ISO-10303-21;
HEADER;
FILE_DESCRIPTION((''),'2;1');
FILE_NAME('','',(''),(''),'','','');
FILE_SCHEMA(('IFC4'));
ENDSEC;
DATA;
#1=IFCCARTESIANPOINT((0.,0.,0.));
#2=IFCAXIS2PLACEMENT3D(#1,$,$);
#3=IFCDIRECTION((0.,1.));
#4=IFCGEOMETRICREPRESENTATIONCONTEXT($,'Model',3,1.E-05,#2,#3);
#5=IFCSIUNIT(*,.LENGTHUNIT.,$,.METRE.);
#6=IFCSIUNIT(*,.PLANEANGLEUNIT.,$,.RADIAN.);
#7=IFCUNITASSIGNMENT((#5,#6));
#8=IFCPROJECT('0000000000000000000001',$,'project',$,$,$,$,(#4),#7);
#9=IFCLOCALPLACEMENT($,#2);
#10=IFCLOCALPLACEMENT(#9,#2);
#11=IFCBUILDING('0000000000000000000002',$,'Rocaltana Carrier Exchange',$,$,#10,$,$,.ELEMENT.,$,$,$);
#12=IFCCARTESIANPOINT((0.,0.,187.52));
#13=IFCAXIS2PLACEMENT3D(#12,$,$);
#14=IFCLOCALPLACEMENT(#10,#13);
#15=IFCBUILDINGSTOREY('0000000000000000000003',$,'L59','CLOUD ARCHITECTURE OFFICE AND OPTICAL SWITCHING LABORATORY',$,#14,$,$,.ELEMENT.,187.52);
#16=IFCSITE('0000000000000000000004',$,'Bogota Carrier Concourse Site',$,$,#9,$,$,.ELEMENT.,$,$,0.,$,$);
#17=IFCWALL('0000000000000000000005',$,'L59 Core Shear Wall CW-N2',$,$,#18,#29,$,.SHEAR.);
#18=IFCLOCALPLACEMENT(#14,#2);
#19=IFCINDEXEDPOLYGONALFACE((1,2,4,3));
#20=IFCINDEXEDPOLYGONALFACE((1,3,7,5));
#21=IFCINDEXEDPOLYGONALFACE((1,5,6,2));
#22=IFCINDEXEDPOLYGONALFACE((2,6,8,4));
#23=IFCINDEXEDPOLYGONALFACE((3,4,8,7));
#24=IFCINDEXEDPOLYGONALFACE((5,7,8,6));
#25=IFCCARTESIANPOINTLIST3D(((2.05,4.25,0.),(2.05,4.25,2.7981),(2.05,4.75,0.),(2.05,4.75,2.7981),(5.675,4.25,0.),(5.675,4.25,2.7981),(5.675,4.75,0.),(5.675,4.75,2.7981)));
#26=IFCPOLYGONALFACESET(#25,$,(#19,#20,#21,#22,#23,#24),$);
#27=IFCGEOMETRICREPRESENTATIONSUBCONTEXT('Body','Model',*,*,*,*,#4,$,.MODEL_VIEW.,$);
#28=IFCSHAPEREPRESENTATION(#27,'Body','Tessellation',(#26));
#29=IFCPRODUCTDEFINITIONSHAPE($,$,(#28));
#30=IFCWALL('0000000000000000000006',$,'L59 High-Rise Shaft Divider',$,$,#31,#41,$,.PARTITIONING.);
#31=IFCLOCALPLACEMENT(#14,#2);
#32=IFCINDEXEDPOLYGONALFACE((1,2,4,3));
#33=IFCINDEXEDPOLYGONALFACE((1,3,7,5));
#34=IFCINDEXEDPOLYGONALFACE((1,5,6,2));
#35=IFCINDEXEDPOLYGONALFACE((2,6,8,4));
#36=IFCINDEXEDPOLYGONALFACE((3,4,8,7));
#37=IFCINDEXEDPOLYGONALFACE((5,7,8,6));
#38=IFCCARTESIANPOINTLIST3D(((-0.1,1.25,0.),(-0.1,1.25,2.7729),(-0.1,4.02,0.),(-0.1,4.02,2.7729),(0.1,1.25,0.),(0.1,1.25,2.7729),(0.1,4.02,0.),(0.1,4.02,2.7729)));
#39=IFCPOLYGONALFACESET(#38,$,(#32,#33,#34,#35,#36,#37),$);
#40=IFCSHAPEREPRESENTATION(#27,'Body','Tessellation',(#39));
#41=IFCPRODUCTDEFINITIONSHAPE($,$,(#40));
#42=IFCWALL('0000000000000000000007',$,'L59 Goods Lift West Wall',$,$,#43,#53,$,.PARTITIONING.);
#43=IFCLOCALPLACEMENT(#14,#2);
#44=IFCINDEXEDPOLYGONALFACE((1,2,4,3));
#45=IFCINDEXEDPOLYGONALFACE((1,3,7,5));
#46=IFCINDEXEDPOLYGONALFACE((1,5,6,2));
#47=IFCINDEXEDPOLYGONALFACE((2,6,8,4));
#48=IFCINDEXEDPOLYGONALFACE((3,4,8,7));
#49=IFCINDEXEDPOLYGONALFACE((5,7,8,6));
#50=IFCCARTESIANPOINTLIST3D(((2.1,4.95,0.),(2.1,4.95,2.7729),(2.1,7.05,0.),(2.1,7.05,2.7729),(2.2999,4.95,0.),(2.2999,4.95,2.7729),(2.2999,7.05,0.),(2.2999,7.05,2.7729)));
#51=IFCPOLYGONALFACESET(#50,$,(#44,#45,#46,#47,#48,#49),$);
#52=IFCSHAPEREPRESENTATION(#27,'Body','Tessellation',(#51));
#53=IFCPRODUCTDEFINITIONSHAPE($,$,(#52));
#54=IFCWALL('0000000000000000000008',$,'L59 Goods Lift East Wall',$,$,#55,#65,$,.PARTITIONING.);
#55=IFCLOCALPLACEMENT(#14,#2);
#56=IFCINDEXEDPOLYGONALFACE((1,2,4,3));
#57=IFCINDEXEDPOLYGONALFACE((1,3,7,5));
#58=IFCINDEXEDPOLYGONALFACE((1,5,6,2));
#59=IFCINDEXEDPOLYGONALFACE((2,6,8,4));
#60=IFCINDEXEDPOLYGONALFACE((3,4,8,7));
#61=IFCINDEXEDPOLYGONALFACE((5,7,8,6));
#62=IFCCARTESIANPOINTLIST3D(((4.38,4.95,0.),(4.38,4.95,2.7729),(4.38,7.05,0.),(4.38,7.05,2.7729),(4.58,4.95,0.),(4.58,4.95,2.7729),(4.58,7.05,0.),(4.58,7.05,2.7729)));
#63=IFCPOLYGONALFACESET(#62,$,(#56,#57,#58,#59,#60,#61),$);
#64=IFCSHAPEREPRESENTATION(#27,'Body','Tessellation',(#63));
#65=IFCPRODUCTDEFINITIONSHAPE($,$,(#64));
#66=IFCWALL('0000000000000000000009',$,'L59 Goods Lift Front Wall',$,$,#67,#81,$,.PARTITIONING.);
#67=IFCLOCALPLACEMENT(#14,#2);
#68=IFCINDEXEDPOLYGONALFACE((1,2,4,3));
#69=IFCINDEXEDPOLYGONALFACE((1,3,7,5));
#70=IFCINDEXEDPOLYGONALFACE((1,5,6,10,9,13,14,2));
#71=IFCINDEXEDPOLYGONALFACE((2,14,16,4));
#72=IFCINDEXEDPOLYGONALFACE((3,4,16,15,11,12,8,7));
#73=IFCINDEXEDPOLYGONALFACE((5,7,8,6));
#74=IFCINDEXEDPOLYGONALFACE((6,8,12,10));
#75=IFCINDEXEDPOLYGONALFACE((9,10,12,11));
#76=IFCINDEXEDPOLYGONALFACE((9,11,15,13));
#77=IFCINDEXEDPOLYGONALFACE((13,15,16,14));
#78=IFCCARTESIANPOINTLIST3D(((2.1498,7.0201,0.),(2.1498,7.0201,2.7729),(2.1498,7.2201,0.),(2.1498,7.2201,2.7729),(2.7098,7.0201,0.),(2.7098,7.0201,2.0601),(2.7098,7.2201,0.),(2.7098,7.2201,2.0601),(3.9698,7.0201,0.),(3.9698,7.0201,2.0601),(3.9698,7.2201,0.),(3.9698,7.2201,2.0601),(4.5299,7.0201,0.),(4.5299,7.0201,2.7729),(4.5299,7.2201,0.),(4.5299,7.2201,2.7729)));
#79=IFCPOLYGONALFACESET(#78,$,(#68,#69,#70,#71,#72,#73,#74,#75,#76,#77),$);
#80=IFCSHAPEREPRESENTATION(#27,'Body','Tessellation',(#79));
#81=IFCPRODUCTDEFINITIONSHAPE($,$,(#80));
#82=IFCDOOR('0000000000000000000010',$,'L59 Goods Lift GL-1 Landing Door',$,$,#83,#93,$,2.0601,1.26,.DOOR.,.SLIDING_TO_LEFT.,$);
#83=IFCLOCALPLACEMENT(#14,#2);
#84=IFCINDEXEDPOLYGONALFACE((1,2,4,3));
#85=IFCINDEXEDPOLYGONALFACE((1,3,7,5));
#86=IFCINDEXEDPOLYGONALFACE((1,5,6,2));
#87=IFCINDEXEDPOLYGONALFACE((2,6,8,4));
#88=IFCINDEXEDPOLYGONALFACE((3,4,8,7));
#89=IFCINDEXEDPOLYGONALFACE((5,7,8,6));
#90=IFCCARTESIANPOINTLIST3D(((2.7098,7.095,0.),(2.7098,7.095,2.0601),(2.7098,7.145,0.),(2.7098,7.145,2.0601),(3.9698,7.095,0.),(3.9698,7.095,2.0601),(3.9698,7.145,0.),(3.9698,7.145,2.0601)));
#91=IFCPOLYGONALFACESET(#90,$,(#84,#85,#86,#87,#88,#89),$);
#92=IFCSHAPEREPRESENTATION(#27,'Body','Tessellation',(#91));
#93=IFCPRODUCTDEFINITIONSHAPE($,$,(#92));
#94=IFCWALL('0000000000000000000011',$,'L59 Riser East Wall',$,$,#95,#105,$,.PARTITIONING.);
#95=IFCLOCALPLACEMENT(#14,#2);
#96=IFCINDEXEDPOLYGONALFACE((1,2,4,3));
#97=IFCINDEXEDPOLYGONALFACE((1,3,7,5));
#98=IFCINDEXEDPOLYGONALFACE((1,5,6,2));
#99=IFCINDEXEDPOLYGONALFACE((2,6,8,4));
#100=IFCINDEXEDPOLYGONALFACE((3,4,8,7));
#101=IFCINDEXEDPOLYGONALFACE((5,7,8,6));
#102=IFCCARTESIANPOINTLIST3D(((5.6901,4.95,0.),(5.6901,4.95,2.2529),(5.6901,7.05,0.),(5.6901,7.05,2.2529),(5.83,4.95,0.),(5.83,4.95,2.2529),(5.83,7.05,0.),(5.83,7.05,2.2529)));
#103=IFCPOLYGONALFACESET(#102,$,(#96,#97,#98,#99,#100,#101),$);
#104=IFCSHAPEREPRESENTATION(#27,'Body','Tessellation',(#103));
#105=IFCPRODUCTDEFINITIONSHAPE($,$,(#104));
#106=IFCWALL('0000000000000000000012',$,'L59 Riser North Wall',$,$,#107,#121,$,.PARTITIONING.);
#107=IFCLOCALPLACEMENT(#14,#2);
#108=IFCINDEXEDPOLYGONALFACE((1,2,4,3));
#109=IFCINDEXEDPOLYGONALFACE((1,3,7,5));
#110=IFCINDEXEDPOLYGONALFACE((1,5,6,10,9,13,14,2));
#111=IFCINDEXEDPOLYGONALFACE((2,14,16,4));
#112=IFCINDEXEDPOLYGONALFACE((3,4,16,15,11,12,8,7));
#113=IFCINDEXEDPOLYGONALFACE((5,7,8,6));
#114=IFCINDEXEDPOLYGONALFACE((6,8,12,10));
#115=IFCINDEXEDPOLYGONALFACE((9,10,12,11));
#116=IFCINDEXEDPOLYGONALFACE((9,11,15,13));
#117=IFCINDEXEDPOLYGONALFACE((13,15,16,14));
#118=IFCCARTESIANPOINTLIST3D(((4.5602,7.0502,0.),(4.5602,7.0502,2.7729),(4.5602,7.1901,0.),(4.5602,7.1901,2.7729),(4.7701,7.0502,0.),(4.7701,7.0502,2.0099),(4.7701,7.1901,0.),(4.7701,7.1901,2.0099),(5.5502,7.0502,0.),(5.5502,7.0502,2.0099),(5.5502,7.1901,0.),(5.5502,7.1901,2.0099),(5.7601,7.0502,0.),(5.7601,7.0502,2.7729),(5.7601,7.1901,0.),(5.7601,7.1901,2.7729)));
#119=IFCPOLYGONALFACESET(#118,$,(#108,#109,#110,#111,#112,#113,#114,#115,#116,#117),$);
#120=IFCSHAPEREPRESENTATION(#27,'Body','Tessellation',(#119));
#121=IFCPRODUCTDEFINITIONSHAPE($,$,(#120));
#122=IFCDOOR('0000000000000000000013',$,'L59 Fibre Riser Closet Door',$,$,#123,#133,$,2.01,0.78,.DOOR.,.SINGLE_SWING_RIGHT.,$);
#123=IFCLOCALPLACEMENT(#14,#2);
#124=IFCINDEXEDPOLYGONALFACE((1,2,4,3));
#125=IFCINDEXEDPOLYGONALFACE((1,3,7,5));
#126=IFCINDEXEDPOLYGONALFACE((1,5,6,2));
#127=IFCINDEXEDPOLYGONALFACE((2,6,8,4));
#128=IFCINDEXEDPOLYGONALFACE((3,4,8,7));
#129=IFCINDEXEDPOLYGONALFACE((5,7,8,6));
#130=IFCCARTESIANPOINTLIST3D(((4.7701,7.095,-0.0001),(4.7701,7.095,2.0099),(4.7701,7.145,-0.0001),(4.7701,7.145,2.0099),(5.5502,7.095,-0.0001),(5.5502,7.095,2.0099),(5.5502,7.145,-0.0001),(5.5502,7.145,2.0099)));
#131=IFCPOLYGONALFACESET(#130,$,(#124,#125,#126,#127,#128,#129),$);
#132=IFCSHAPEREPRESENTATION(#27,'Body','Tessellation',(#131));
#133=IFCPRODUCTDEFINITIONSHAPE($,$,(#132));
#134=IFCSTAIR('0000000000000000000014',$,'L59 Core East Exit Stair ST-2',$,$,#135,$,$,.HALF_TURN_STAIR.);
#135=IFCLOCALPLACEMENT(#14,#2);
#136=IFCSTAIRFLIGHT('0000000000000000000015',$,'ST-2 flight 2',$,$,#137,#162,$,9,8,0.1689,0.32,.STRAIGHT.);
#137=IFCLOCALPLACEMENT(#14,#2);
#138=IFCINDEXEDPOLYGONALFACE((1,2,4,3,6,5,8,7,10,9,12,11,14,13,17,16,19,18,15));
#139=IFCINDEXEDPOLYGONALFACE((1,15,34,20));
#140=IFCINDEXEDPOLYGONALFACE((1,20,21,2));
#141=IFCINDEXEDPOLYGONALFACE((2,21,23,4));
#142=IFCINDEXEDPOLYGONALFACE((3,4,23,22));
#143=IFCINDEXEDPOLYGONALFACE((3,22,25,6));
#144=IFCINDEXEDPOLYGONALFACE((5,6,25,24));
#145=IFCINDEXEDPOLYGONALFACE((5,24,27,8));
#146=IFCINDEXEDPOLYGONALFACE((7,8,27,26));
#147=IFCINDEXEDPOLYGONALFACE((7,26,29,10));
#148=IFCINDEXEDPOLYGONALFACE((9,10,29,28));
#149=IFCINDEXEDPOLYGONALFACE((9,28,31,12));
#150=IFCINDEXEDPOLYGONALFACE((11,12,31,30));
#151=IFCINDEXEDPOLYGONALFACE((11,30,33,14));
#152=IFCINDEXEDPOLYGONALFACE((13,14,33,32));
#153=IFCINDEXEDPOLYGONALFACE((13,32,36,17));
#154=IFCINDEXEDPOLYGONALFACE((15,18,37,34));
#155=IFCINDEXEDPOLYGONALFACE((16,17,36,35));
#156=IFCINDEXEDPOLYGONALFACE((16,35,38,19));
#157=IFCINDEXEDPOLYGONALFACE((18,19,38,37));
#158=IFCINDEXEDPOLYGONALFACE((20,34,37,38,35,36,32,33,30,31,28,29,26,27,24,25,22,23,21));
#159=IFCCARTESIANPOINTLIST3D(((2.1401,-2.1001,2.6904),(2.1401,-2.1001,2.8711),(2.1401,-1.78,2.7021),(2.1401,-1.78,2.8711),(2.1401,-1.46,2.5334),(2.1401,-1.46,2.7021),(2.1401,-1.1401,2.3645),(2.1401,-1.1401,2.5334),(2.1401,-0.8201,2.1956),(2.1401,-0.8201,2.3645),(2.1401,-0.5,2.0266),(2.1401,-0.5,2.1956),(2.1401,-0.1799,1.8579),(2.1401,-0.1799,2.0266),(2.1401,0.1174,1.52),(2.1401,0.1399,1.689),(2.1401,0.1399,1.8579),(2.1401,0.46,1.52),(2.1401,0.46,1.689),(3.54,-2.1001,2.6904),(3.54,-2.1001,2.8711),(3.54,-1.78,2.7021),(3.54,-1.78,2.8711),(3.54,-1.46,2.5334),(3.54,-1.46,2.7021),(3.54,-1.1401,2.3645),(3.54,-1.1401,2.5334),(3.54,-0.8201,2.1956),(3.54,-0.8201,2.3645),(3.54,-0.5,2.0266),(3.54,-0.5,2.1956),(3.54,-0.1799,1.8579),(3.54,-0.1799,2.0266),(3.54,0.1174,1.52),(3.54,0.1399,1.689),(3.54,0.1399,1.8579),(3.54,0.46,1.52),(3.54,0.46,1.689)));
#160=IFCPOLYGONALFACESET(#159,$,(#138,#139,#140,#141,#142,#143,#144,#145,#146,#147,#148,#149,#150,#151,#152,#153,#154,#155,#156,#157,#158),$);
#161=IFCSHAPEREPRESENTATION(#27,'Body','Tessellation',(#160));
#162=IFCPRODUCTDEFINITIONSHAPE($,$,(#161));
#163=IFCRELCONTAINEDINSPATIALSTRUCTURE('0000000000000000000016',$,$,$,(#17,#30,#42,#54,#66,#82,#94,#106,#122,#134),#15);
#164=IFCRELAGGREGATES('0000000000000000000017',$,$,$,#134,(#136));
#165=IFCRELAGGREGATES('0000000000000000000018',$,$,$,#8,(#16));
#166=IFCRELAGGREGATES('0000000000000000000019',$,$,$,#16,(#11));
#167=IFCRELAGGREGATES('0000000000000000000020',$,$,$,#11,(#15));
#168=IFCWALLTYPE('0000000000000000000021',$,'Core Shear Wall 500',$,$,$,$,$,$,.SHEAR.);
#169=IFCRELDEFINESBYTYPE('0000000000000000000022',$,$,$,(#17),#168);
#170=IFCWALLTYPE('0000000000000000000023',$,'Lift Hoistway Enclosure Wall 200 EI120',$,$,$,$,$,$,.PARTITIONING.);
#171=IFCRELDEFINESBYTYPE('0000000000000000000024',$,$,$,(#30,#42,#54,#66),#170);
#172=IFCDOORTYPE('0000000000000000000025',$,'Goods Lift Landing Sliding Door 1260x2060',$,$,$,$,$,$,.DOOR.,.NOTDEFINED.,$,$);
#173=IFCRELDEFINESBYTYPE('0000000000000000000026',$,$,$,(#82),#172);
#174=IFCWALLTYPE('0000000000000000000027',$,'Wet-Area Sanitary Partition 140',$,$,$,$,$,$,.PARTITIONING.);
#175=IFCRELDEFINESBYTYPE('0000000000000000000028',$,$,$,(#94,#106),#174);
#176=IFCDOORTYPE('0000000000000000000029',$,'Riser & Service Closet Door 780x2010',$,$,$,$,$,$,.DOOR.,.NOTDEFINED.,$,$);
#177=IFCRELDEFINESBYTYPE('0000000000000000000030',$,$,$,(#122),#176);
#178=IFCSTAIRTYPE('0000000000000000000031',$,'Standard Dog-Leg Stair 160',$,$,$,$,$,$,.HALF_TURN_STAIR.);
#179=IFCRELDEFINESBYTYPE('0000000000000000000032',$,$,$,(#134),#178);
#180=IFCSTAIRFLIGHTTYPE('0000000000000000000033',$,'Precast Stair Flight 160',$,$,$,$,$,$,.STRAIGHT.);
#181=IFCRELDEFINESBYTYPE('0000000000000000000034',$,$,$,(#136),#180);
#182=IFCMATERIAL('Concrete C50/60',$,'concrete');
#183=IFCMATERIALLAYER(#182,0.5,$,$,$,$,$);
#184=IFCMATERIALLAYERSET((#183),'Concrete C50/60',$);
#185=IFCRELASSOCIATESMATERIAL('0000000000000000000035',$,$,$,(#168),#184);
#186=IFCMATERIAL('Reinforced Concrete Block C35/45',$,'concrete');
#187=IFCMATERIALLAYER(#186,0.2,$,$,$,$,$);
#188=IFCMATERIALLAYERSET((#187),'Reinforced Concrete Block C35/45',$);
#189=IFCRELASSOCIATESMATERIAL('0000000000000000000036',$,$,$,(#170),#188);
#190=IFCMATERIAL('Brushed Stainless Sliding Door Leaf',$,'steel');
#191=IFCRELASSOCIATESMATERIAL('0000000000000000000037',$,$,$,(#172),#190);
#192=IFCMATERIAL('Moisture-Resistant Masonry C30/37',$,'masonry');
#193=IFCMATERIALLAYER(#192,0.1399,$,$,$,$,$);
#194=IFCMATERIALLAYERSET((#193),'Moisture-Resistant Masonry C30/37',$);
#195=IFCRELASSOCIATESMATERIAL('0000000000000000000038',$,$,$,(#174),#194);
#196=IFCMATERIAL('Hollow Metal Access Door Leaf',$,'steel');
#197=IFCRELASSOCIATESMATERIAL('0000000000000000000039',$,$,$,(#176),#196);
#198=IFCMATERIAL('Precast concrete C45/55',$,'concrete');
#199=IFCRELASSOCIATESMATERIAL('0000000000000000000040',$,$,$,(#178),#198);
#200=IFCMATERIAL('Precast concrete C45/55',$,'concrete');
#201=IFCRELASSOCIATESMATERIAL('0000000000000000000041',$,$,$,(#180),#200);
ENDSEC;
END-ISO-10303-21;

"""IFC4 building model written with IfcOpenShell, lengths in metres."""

from ifc_helpers import new_model, si_unit, direction, frame, frame_2d, origin, place, context, subcontext, project, spatial, polyline, rectangle, outline, extrude, material, layer, layer_set, type_object, element, fill, aggregate, save


model = new_model("IFC4")

# Units and contexts
model_context = context("Model", 3, precision=1e-05, world=origin(), true_north=direction((0.0, 1.0)))
body_context = subcontext(model_context, "Body", "Model", "MODEL_VIEW")
ifc_project = project(units=[si_unit("LENGTHUNIT", "METRE"), si_unit("PLANEANGLEUNIT", "RADIAN")], contexts=[model_context])

# Site, building, storey
site_placement = place(None, origin())
site = spatial("IfcSite", under=ifc_project, at=site_placement, Name="Bogota Carrier Concourse Site", CompositionType="ELEMENT", RefElevation=0.0)
building_placement = place(site_placement, origin())
building = spatial("IfcBuilding", under=site, at=building_placement, Name="Rocaltana Carrier Exchange", CompositionType="ELEMENT")
storey_placement = place(building_placement, frame((0.0, 0.0, 187.52)))
storey = spatial("IfcBuildingStorey", under=building, at=storey_placement, Name="L59", Description="CLOUD ARCHITECTURE OFFICE AND OPTICAL SWITCHING LABORATORY", CompositionType="ELEMENT", Elevation=187.52)

# Walls
ifc_material_1 = material(Name="Concrete C50/60", Category="concrete")
ifc_layer_1 = layer(ifc_material_1, 0.5)
ifc_layer_set_1 = layer_set([ifc_layer_1], Name="Concrete C50/60")
wall_type_1 = type_object("IfcWallType", Name="Core Shear Wall 500", PredefinedType="SHEAR", material=ifc_layer_set_1)
wall_1_placement = place(storey_placement, frame((2.05, 4.5, 0.0), z_axis=(0.0, 0.0, 1.0), x_axis=(1.0, 0.0, 0.0)))
element("IfcWall", 1, at=wall_1_placement, inside=storey, type_object=wall_type_1, Name="L59 Core Shear Wall CW-N2", PredefinedType="SHEAR", context=body_context, shape_type="SweptSolid", body=[
    extrude(rectangle(XDim=3.625, YDim=0.5, at=frame_2d((1.8125, 0.0))), origin(), (0.0, 0.0, 1.0), 2.7981),
])
ifc_material_2 = material(Name="Reinforced Concrete Block C35/45", Category="concrete")
ifc_layer_2 = layer(ifc_material_2, 0.2)
ifc_layer_set_2 = layer_set([ifc_layer_2], Name="Reinforced Concrete Block C35/45")
wall_type_2 = type_object("IfcWallType", Name="Lift Hoistway Enclosure Wall 200 EI120", PredefinedType="PARTITIONING", material=ifc_layer_set_2)
wall_2_placement = place(storey_placement, frame((0.0, 1.25, 0.0), z_axis=(0.0, 0.0, 1.0), x_axis=(0.0, 1.0, 0.0)))
element("IfcWall", 2, at=wall_2_placement, inside=storey, type_object=wall_type_2, Name="L59 High-Rise Shaft Divider", PredefinedType="PARTITIONING", context=body_context, shape_type="SweptSolid", body=[
    extrude(rectangle(XDim=2.77, YDim=0.2, at=frame_2d((1.385, 0.0))), origin(), (0.0, 0.0, 1.0), 2.7729),
])
for number, where, z_axis, x_axis, name in (
    (3, (2.2, 4.95, 0.0), (0.0, 0.0, 1.0), (0.0, 1.0, 0.0), "L59 Goods Lift West Wall"),
    (4, (4.48, 4.95, 0.0), (0.0, 0.0, 1.0), (0.0, 1.0, 0.0), "L59 Goods Lift East Wall"),
):
    element("IfcWall", number, at=place(storey_placement, frame(where, z_axis=z_axis, x_axis=x_axis)), inside=storey, type_object=wall_type_2, Name=name, PredefinedType="PARTITIONING", context=body_context, shape_type="SweptSolid", body=[
        extrude(rectangle(XDim=2.1001, YDim=0.2, at=frame_2d((1.05, 0.0))), origin(), (0.0, 0.0, 1.0), 2.7729),
    ])

# Wall, opening, door
wall_3_placement = place(storey_placement, frame((2.1499, 7.1201, 0.0), z_axis=(0.0, 0.0, 1.0), x_axis=(1.0, 0.0, 0.0)))
wall_3 = element("IfcWall", 5, at=wall_3_placement, inside=storey, type_object=wall_type_2, Name="L59 Goods Lift Front Wall", PredefinedType="PARTITIONING", context=body_context, shape_type="SweptSolid", body=[
    extrude(rectangle(XDim=2.3801, YDim=0.2, at=frame_2d((1.1899, 0.0))), origin(), (0.0, 0.0, 1.0), 2.7729),
])
opening_1_placement = place(wall_3_placement, frame((0.5601, 0.0, 0.0)))
opening_1 = element("IfcOpeningElement", 6, at=opening_1_placement, cuts=wall_3, PredefinedType="OPENING", context=body_context, shape_type="SweptSolid", body=[
    extrude(rectangle(XDim=1.26, YDim=2.0601, at=frame_2d((0.6299, 1.03))), frame((0.0, 0.1099, 0.0), z_axis=(0.0, -1.0, 0.0), x_axis=(1.0, 0.0, 0.0)), (0.0, 0.0, 1.0), 0.22),
])
ifc_material_3 = material(Name="Brushed Stainless Sliding Door Leaf", Category="steel")
door_type_1 = type_object("IfcDoorType", Name="Goods Lift Landing Sliding Door 1260x2060", OperationType="NOTDEFINED", PredefinedType="DOOR", material=ifc_material_3)
door_1_placement = place(opening_1_placement, origin())
door_1 = element("IfcDoor", 7, at=door_1_placement, inside=storey, type_object=door_type_1, Name="L59 Goods Lift GL-1 Landing Door", OperationType="SLIDING_TO_LEFT", OverallHeight=2.0601, OverallWidth=1.26, PredefinedType="DOOR", context=body_context, shape_type="SweptSolid", body=[
    extrude(rectangle(XDim=1.26, YDim=2.0601, at=frame_2d((0.6299, 1.03))), frame((0.0, 0.0249, 0.0), z_axis=(0.0, -1.0, 0.0), x_axis=(1.0, 0.0, 0.0)), (0.0, 0.0, 1.0), 0.05),
])
fill(opening_1, door_1)

# Wall
ifc_material_4 = material(Name="Moisture-Resistant Masonry C30/37", Category="masonry")
ifc_layer_3 = layer(ifc_material_4, 0.1399)
ifc_layer_set_3 = layer_set([ifc_layer_3], Name="Moisture-Resistant Masonry C30/37")
wall_type_3 = type_object("IfcWallType", Name="Wet-Area Sanitary Partition 140", PredefinedType="PARTITIONING", material=ifc_layer_set_3)
wall_4_placement = place(storey_placement, frame((5.76, 4.95, 0.0), z_axis=(0.0, 0.0, 1.0), x_axis=(0.0, 1.0, 0.0)))
element("IfcWall", 8, at=wall_4_placement, inside=storey, type_object=wall_type_3, Name="L59 Riser East Wall", PredefinedType="PARTITIONING", context=body_context, shape_type="SweptSolid", body=[
    extrude(rectangle(XDim=2.1001, YDim=0.1399, at=frame_2d((1.05, 0.0))), origin(), (0.0, 0.0, 1.0), 2.2529),
])

# Wall, opening, door
wall_5_placement = place(storey_placement, frame((4.5601, 7.1201, 0.0), z_axis=(0.0, 0.0, 1.0), x_axis=(1.0, 0.0, 0.0)))
wall_5 = element("IfcWall", 9, at=wall_5_placement, inside=storey, type_object=wall_type_3, Name="L59 Riser North Wall", PredefinedType="PARTITIONING", context=body_context, shape_type="SweptSolid", body=[
    extrude(rectangle(XDim=1.2, YDim=0.1399, at=frame_2d((0.6001, 0.0))), origin(), (0.0, 0.0, 1.0), 2.7729),
])
opening_2_placement = place(wall_5_placement, frame((0.21, 0.0, 0.0)))
opening_2 = element("IfcOpeningElement", 10, at=opening_2_placement, cuts=wall_5, PredefinedType="OPENING", context=body_context, shape_type="SweptSolid", body=[
    extrude(rectangle(XDim=0.78, YDim=2.01, at=frame_2d((0.3901, 1.0049))), frame((0.0, 0.0798, 0.0), z_axis=(0.0, -1.0, 0.0), x_axis=(1.0, 0.0, 0.0)), (0.0, 0.0, 1.0), 0.1599),
])
ifc_material_5 = material(Name="Hollow Metal Access Door Leaf", Category="steel")
door_type_2 = type_object("IfcDoorType", Name="Riser & Service Closet Door 780x2010", OperationType="NOTDEFINED", PredefinedType="DOOR", material=ifc_material_5)
door_2_placement = place(opening_2_placement, origin())
door_2 = element("IfcDoor", 11, at=door_2_placement, inside=storey, type_object=door_type_2, Name="L59 Fibre Riser Closet Door", OperationType="SINGLE_SWING_RIGHT", OverallHeight=2.01, OverallWidth=0.78, PredefinedType="DOOR", context=body_context, shape_type="SweptSolid", body=[
    extrude(rectangle(XDim=0.78, YDim=2.01, at=frame_2d((0.3901, 1.0049))), frame((0.0, 0.0249, 0.0), z_axis=(0.0, -1.0, 0.0), x_axis=(1.0, 0.0, 0.0)), (0.0, 0.0, 1.0), 0.05),
])
fill(opening_2, door_2)

# Stair, stair flight
ifc_material_6 = material(Name="Precast concrete C45/55", Category="concrete")
stair_type = type_object("IfcStairType", Name="Standard Dog-Leg Stair 160", PredefinedType="HALF_TURN_STAIR", material=ifc_material_6)
stair_placement = place(storey_placement, origin())
stair = element("IfcStair", 12, at=stair_placement, inside=storey, type_object=stair_type, Name="L59 Core East Exit Stair ST-2", PredefinedType="HALF_TURN_STAIR")
ifc_material_7 = material(Name="Precast concrete C45/55", Category="concrete")
stair_flight_type = type_object("IfcStairFlightType", Name="Precast Stair Flight 160", PredefinedType="STRAIGHT", material=ifc_material_7)
stair_flight_placement = place(storey_placement, frame((2.8401, 0.46, 1.52), z_axis=(0.0, 0.0, 1.0), x_axis=(0.0, -1.0, 0.0)))
stair_flight = element("IfcStairFlight", 13, at=stair_flight_placement, type_object=stair_flight_type, Name="ST-2 flight 2", NumberOfRisers=9, NumberOfTreads=8, PredefinedType="STRAIGHT", RiserHeight=0.1689, TreadLength=0.32, context=body_context, shape_type="SweptSolid", body=[
    extrude(outline(polyline([(0.0, 0.0), (0.0, 0.1689), (0.3201, 0.1689), (0.3201, 0.3379), (0.6399, 0.3379), (0.6399, 0.5066), (0.96, 0.5066), (0.96, 0.6755), (1.28, 0.6755), (1.28, 0.8445), (1.6001, 0.8445), (1.6001, 1.0134), (1.9199, 1.0134), (1.9199, 1.1821), (2.24, 1.1821), (2.24, 1.3511), (2.5601, 1.3511), (2.5601, 1.52), (2.5601, 1.1704), (0.3425, 0.0), (0.0, 0.0)])), frame((0.0, 0.7, 0.0), z_axis=(0.0, -1.0, 0.0), x_axis=(1.0, 0.0, 0.0)), (0.0, 0.0, 1.0), 1.3999),
])
aggregate(stair, [stair_flight])

save(model, "model.ifc")
